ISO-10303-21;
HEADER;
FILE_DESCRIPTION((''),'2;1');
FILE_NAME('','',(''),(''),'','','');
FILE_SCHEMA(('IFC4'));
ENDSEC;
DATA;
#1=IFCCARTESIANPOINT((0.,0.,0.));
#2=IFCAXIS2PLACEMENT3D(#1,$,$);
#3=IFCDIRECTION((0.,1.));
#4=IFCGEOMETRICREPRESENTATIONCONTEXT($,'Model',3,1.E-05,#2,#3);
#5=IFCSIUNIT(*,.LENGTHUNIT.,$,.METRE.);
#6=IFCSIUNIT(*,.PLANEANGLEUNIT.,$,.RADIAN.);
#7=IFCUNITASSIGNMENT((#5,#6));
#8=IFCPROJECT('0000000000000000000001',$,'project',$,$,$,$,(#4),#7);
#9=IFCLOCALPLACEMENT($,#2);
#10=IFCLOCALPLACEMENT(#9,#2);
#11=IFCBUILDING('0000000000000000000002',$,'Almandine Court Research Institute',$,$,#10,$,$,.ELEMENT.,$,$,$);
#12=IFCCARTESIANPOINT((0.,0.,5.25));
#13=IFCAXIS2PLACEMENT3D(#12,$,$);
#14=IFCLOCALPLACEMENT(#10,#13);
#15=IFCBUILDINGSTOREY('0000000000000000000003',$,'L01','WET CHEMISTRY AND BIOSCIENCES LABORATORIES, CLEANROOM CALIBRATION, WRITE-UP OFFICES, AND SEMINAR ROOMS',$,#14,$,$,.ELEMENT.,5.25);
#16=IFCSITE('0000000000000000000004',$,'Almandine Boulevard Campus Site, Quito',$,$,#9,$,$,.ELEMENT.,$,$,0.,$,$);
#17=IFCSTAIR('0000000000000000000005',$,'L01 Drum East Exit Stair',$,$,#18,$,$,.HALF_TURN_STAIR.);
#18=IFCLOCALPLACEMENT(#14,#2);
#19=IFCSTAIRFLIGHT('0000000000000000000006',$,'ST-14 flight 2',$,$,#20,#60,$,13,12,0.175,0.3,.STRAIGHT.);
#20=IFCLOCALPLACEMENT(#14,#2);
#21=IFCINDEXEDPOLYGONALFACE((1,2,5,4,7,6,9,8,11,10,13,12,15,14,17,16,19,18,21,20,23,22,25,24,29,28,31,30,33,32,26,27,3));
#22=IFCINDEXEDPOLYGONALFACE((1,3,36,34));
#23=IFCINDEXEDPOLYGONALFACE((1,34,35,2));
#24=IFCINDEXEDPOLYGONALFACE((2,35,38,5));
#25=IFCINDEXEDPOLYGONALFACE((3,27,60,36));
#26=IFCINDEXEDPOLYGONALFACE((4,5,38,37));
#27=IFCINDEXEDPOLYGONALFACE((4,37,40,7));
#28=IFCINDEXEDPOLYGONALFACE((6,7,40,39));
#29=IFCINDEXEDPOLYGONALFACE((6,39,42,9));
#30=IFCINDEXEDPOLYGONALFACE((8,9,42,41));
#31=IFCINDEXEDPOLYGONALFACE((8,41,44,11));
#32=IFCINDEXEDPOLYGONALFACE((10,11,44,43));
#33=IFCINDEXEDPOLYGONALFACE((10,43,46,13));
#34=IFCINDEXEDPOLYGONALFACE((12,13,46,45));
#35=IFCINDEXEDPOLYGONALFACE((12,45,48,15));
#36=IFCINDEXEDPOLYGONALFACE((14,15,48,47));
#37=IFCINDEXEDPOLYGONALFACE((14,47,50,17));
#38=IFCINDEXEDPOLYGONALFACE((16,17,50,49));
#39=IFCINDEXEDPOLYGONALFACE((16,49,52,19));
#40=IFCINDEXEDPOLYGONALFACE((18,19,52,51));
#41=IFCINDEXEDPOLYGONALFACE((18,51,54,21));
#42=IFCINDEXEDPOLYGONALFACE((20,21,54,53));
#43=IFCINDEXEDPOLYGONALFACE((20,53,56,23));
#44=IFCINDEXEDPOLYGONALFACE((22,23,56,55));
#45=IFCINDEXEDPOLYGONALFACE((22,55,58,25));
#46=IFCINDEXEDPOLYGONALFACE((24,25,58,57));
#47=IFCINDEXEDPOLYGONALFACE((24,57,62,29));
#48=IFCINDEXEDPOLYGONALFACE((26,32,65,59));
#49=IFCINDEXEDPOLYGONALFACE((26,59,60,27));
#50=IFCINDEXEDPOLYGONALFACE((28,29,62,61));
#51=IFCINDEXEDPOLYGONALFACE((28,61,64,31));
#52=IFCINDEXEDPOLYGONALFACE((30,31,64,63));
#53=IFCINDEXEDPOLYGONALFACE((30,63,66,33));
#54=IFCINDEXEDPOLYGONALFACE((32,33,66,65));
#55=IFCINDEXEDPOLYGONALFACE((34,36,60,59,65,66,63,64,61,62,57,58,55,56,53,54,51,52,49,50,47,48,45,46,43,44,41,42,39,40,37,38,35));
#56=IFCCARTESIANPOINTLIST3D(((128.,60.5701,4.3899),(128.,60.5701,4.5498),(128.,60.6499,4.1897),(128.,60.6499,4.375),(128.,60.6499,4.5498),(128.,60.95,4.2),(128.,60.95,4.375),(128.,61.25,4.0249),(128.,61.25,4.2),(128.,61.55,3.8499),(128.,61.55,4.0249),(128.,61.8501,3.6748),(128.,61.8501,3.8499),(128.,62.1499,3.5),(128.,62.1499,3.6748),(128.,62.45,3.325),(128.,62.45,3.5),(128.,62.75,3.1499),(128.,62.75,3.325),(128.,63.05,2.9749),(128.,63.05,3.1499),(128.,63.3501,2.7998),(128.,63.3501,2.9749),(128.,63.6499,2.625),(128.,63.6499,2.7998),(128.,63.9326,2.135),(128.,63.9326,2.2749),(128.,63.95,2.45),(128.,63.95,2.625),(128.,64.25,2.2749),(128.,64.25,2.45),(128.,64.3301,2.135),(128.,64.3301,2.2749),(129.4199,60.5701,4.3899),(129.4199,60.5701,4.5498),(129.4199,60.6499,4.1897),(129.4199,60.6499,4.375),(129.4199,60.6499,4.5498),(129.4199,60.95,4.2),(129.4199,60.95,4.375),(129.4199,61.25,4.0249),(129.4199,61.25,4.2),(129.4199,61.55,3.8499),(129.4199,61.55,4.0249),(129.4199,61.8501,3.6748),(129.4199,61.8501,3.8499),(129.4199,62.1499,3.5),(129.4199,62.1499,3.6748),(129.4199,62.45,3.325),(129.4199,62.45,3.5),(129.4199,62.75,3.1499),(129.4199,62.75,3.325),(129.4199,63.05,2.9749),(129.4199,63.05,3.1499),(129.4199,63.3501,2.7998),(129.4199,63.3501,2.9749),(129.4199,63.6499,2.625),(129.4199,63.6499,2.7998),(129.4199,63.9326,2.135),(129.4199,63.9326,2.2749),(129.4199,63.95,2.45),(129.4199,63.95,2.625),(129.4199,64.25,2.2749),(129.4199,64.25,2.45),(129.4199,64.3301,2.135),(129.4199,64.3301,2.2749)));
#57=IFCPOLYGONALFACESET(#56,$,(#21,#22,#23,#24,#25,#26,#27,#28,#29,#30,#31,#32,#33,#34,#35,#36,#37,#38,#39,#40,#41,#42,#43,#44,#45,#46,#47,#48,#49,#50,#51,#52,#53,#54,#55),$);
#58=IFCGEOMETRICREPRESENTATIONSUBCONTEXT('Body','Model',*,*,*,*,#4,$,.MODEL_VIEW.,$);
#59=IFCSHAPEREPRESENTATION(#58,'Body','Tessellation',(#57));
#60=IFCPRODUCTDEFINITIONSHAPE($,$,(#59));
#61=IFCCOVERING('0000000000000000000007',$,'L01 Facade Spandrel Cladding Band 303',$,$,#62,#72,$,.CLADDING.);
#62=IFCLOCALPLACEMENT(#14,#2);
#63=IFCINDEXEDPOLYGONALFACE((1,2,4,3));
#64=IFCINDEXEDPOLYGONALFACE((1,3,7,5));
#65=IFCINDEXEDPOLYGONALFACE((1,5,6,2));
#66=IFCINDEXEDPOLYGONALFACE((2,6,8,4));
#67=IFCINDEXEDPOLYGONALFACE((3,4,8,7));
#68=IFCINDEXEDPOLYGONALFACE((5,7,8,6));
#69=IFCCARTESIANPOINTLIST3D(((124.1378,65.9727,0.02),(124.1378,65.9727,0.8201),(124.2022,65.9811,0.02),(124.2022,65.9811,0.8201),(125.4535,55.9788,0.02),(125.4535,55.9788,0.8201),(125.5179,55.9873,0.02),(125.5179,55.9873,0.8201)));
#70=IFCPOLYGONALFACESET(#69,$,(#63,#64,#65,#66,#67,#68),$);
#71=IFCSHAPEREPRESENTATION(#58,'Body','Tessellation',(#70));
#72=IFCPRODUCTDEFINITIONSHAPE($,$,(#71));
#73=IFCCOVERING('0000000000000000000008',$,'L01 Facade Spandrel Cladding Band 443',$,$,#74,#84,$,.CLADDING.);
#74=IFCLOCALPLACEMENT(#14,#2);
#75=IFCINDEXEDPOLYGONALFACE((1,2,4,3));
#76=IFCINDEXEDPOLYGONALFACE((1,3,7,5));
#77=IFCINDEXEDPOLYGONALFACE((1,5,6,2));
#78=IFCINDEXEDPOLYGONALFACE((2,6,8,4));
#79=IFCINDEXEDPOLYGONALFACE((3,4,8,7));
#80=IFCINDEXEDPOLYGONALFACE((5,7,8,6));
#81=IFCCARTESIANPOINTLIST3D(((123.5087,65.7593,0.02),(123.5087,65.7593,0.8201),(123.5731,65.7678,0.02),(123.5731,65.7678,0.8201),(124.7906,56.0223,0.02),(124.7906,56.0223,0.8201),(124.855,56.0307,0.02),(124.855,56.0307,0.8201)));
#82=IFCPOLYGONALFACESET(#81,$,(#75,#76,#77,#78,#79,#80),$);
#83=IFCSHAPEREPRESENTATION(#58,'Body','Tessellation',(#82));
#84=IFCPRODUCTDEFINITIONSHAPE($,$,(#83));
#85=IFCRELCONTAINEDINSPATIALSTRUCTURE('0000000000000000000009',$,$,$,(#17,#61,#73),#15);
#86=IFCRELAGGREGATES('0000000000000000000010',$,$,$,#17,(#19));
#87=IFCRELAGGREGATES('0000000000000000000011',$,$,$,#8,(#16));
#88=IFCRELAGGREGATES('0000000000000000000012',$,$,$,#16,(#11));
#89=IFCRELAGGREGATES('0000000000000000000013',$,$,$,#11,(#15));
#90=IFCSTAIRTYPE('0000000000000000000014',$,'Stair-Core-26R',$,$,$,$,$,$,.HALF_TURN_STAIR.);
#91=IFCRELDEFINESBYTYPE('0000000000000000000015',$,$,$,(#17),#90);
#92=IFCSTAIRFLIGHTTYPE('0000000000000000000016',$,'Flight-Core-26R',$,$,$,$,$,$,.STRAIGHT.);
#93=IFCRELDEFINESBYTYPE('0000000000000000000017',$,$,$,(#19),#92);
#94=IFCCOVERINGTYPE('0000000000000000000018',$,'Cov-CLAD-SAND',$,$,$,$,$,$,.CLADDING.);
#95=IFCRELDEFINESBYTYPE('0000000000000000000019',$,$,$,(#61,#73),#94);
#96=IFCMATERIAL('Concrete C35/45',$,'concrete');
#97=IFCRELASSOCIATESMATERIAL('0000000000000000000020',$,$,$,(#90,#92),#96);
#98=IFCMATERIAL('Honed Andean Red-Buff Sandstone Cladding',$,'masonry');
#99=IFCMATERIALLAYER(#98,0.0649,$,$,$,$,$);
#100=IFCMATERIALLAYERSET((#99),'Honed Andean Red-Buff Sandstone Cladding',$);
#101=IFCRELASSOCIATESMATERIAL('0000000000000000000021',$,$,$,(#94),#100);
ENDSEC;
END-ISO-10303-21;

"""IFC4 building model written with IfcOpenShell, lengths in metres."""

from ifc_helpers import new_model, si_unit, direction, frame, origin, origin_2d, place, context, subcontext, project, spatial, polyline, rectangle, outline, extrude, material, layer, layer_set, type_object, element, aggregate, save


model = new_model("IFC4")

# Units and contexts
model_context = context("Model", 3, precision=1e-05, world=origin(), true_north=direction((0.0, 1.0)))
body_context = subcontext(model_context, "Body", "Model", "MODEL_VIEW")
ifc_project = project(units=[si_unit("LENGTHUNIT", "METRE"), si_unit("PLANEANGLEUNIT", "RADIAN")], contexts=[model_context])

# Site, building, storey
site_placement = place(None, origin())
site = spatial("IfcSite", under=ifc_project, at=site_placement, Name="Almandine Boulevard Campus Site, Quito", CompositionType="ELEMENT", RefElevation=0.0)
building_placement = place(site_placement, origin())
building = spatial("IfcBuilding", under=site, at=building_placement, Name="Almandine Court Research Institute", CompositionType="ELEMENT")
storey_placement = place(building_placement, frame((0.0, 0.0, 5.25)))
storey = spatial("IfcBuildingStorey", under=building, at=storey_placement, Name="L01", Description="WET CHEMISTRY AND BIOSCIENCES LABORATORIES, CLEANROOM CALIBRATION, WRITE-UP OFFICES, AND SEMINAR ROOMS", CompositionType="ELEMENT", Elevation=5.25)

# Stair, stair flight
ifc_material_1 = material(Name="Concrete C35/45", Category="concrete")
stair_type = type_object("IfcStairType", Name="Stair-Core-26R", PredefinedType="HALF_TURN_STAIR", material=ifc_material_1)
stair_placement = place(storey_placement, origin())
stair = element("IfcStair", 1, at=stair_placement, inside=storey, type_object=stair_type, Name="L01 Drum East Exit Stair", PredefinedType="HALF_TURN_STAIR")
stair_flight_type = type_object("IfcStairFlightType", Name="Flight-Core-26R", PredefinedType="STRAIGHT", material=ifc_material_1)
stair_flight_1_placement = place(storey_placement, frame((128.71, 64.25, 2.2749), z_axis=(0.0, 0.0, 1.0), x_axis=(0.0, -1.0, 0.0)))
stair_flight_1 = element("IfcStairFlight", 2, at=stair_flight_1_placement, type_object=stair_flight_type, Name="ST-14 flight 2", NumberOfRisers=13, NumberOfTreads=12, PredefinedType="STRAIGHT", RiserHeight=0.175, TreadLength=0.3, context=body_context, shape_type="SweptSolid", body=[
    extrude(outline(polyline([(-0.0801, -0.1399), (-0.0801, 0.0), (0.0, 0.0), (0.0, 0.175), (0.3, 0.175), (0.3, 0.3501), (0.6001, 0.3501), (0.6001, 0.5249), (0.8999, 0.5249), (0.8999, 0.7), (1.2, 0.7), (1.2, 0.875), (1.5, 0.875), (1.5, 1.05), (1.8, 1.05), (1.8, 1.2251), (2.1001, 1.2251), (2.1001, 1.3999), (2.3999, 1.3999), (2.3999, 1.575), (2.7, 1.575), (2.7, 1.75), (3.0, 1.75), (3.0, 1.925), (3.3, 1.925), (3.3, 2.1001), (3.6001, 2.1001), (3.6001, 2.2749), (3.6799, 2.2749), (3.6799, 2.115), (3.6001, 1.9148), (0.3174, 0.0), (0.3174, -0.1399), (-0.0801, -0.1399)])), frame((0.0, 0.71, 0.0), z_axis=(0.0, -1.0, 0.0), x_axis=(1.0, 0.0, 0.0)), (0.0, 0.0, 1.0), 1.4199),
])
aggregate(stair, [stair_flight_1])

# Coverings
ifc_material_2 = material(Name="Honed Andean Red-Buff Sandstone Cladding", Category="masonry")
ifc_layer_1 = layer(ifc_material_2, 0.0649)
ifc_layer_set_1 = layer_set([ifc_layer_1], Name="Honed Andean Red-Buff Sandstone Cladding")
covering_type = type_object("IfcCoveringType", Name="Cov-CLAD-SAND", PredefinedType="CLADDING", material=ifc_layer_set_1)
covering_1_placement = place(storey_placement, frame((124.8279, 60.98, 0.02), z_axis=(0.0, 0.0, 1.0), x_axis=(-0.130526, 0.991445, 0.0)))
element("IfcCovering", 3, at=covering_1_placement, inside=storey, type_object=covering_type, Name="L01 Facade Spandrel Cladding Band 303", PredefinedType="CLADDING", context=body_context, shape_type="SweptSolid", body=[
    extrude(rectangle(XDim=10.0801, YDim=0.0649, at=origin_2d()), origin(), (0.0, 0.0, 1.0), 0.8),
])
covering_2_placement = place(storey_placement, frame((124.1819, 60.895, 0.02), z_axis=(0.0, 0.0, 1.0), x_axis=(0.130526, -0.991445, 0.0)))
element("IfcCovering", 4, at=covering_2_placement, inside=storey, type_object=covering_type, Name="L01 Facade Spandrel Cladding Band 443", PredefinedType="CLADDING", context=body_context, shape_type="SweptSolid", body=[
    extrude(rectangle(XDim=9.821, YDim=0.0649, at=origin_2d()), origin(), (0.0, 0.0, 1.0), 0.8),
])

save(model, "model.ifc")
